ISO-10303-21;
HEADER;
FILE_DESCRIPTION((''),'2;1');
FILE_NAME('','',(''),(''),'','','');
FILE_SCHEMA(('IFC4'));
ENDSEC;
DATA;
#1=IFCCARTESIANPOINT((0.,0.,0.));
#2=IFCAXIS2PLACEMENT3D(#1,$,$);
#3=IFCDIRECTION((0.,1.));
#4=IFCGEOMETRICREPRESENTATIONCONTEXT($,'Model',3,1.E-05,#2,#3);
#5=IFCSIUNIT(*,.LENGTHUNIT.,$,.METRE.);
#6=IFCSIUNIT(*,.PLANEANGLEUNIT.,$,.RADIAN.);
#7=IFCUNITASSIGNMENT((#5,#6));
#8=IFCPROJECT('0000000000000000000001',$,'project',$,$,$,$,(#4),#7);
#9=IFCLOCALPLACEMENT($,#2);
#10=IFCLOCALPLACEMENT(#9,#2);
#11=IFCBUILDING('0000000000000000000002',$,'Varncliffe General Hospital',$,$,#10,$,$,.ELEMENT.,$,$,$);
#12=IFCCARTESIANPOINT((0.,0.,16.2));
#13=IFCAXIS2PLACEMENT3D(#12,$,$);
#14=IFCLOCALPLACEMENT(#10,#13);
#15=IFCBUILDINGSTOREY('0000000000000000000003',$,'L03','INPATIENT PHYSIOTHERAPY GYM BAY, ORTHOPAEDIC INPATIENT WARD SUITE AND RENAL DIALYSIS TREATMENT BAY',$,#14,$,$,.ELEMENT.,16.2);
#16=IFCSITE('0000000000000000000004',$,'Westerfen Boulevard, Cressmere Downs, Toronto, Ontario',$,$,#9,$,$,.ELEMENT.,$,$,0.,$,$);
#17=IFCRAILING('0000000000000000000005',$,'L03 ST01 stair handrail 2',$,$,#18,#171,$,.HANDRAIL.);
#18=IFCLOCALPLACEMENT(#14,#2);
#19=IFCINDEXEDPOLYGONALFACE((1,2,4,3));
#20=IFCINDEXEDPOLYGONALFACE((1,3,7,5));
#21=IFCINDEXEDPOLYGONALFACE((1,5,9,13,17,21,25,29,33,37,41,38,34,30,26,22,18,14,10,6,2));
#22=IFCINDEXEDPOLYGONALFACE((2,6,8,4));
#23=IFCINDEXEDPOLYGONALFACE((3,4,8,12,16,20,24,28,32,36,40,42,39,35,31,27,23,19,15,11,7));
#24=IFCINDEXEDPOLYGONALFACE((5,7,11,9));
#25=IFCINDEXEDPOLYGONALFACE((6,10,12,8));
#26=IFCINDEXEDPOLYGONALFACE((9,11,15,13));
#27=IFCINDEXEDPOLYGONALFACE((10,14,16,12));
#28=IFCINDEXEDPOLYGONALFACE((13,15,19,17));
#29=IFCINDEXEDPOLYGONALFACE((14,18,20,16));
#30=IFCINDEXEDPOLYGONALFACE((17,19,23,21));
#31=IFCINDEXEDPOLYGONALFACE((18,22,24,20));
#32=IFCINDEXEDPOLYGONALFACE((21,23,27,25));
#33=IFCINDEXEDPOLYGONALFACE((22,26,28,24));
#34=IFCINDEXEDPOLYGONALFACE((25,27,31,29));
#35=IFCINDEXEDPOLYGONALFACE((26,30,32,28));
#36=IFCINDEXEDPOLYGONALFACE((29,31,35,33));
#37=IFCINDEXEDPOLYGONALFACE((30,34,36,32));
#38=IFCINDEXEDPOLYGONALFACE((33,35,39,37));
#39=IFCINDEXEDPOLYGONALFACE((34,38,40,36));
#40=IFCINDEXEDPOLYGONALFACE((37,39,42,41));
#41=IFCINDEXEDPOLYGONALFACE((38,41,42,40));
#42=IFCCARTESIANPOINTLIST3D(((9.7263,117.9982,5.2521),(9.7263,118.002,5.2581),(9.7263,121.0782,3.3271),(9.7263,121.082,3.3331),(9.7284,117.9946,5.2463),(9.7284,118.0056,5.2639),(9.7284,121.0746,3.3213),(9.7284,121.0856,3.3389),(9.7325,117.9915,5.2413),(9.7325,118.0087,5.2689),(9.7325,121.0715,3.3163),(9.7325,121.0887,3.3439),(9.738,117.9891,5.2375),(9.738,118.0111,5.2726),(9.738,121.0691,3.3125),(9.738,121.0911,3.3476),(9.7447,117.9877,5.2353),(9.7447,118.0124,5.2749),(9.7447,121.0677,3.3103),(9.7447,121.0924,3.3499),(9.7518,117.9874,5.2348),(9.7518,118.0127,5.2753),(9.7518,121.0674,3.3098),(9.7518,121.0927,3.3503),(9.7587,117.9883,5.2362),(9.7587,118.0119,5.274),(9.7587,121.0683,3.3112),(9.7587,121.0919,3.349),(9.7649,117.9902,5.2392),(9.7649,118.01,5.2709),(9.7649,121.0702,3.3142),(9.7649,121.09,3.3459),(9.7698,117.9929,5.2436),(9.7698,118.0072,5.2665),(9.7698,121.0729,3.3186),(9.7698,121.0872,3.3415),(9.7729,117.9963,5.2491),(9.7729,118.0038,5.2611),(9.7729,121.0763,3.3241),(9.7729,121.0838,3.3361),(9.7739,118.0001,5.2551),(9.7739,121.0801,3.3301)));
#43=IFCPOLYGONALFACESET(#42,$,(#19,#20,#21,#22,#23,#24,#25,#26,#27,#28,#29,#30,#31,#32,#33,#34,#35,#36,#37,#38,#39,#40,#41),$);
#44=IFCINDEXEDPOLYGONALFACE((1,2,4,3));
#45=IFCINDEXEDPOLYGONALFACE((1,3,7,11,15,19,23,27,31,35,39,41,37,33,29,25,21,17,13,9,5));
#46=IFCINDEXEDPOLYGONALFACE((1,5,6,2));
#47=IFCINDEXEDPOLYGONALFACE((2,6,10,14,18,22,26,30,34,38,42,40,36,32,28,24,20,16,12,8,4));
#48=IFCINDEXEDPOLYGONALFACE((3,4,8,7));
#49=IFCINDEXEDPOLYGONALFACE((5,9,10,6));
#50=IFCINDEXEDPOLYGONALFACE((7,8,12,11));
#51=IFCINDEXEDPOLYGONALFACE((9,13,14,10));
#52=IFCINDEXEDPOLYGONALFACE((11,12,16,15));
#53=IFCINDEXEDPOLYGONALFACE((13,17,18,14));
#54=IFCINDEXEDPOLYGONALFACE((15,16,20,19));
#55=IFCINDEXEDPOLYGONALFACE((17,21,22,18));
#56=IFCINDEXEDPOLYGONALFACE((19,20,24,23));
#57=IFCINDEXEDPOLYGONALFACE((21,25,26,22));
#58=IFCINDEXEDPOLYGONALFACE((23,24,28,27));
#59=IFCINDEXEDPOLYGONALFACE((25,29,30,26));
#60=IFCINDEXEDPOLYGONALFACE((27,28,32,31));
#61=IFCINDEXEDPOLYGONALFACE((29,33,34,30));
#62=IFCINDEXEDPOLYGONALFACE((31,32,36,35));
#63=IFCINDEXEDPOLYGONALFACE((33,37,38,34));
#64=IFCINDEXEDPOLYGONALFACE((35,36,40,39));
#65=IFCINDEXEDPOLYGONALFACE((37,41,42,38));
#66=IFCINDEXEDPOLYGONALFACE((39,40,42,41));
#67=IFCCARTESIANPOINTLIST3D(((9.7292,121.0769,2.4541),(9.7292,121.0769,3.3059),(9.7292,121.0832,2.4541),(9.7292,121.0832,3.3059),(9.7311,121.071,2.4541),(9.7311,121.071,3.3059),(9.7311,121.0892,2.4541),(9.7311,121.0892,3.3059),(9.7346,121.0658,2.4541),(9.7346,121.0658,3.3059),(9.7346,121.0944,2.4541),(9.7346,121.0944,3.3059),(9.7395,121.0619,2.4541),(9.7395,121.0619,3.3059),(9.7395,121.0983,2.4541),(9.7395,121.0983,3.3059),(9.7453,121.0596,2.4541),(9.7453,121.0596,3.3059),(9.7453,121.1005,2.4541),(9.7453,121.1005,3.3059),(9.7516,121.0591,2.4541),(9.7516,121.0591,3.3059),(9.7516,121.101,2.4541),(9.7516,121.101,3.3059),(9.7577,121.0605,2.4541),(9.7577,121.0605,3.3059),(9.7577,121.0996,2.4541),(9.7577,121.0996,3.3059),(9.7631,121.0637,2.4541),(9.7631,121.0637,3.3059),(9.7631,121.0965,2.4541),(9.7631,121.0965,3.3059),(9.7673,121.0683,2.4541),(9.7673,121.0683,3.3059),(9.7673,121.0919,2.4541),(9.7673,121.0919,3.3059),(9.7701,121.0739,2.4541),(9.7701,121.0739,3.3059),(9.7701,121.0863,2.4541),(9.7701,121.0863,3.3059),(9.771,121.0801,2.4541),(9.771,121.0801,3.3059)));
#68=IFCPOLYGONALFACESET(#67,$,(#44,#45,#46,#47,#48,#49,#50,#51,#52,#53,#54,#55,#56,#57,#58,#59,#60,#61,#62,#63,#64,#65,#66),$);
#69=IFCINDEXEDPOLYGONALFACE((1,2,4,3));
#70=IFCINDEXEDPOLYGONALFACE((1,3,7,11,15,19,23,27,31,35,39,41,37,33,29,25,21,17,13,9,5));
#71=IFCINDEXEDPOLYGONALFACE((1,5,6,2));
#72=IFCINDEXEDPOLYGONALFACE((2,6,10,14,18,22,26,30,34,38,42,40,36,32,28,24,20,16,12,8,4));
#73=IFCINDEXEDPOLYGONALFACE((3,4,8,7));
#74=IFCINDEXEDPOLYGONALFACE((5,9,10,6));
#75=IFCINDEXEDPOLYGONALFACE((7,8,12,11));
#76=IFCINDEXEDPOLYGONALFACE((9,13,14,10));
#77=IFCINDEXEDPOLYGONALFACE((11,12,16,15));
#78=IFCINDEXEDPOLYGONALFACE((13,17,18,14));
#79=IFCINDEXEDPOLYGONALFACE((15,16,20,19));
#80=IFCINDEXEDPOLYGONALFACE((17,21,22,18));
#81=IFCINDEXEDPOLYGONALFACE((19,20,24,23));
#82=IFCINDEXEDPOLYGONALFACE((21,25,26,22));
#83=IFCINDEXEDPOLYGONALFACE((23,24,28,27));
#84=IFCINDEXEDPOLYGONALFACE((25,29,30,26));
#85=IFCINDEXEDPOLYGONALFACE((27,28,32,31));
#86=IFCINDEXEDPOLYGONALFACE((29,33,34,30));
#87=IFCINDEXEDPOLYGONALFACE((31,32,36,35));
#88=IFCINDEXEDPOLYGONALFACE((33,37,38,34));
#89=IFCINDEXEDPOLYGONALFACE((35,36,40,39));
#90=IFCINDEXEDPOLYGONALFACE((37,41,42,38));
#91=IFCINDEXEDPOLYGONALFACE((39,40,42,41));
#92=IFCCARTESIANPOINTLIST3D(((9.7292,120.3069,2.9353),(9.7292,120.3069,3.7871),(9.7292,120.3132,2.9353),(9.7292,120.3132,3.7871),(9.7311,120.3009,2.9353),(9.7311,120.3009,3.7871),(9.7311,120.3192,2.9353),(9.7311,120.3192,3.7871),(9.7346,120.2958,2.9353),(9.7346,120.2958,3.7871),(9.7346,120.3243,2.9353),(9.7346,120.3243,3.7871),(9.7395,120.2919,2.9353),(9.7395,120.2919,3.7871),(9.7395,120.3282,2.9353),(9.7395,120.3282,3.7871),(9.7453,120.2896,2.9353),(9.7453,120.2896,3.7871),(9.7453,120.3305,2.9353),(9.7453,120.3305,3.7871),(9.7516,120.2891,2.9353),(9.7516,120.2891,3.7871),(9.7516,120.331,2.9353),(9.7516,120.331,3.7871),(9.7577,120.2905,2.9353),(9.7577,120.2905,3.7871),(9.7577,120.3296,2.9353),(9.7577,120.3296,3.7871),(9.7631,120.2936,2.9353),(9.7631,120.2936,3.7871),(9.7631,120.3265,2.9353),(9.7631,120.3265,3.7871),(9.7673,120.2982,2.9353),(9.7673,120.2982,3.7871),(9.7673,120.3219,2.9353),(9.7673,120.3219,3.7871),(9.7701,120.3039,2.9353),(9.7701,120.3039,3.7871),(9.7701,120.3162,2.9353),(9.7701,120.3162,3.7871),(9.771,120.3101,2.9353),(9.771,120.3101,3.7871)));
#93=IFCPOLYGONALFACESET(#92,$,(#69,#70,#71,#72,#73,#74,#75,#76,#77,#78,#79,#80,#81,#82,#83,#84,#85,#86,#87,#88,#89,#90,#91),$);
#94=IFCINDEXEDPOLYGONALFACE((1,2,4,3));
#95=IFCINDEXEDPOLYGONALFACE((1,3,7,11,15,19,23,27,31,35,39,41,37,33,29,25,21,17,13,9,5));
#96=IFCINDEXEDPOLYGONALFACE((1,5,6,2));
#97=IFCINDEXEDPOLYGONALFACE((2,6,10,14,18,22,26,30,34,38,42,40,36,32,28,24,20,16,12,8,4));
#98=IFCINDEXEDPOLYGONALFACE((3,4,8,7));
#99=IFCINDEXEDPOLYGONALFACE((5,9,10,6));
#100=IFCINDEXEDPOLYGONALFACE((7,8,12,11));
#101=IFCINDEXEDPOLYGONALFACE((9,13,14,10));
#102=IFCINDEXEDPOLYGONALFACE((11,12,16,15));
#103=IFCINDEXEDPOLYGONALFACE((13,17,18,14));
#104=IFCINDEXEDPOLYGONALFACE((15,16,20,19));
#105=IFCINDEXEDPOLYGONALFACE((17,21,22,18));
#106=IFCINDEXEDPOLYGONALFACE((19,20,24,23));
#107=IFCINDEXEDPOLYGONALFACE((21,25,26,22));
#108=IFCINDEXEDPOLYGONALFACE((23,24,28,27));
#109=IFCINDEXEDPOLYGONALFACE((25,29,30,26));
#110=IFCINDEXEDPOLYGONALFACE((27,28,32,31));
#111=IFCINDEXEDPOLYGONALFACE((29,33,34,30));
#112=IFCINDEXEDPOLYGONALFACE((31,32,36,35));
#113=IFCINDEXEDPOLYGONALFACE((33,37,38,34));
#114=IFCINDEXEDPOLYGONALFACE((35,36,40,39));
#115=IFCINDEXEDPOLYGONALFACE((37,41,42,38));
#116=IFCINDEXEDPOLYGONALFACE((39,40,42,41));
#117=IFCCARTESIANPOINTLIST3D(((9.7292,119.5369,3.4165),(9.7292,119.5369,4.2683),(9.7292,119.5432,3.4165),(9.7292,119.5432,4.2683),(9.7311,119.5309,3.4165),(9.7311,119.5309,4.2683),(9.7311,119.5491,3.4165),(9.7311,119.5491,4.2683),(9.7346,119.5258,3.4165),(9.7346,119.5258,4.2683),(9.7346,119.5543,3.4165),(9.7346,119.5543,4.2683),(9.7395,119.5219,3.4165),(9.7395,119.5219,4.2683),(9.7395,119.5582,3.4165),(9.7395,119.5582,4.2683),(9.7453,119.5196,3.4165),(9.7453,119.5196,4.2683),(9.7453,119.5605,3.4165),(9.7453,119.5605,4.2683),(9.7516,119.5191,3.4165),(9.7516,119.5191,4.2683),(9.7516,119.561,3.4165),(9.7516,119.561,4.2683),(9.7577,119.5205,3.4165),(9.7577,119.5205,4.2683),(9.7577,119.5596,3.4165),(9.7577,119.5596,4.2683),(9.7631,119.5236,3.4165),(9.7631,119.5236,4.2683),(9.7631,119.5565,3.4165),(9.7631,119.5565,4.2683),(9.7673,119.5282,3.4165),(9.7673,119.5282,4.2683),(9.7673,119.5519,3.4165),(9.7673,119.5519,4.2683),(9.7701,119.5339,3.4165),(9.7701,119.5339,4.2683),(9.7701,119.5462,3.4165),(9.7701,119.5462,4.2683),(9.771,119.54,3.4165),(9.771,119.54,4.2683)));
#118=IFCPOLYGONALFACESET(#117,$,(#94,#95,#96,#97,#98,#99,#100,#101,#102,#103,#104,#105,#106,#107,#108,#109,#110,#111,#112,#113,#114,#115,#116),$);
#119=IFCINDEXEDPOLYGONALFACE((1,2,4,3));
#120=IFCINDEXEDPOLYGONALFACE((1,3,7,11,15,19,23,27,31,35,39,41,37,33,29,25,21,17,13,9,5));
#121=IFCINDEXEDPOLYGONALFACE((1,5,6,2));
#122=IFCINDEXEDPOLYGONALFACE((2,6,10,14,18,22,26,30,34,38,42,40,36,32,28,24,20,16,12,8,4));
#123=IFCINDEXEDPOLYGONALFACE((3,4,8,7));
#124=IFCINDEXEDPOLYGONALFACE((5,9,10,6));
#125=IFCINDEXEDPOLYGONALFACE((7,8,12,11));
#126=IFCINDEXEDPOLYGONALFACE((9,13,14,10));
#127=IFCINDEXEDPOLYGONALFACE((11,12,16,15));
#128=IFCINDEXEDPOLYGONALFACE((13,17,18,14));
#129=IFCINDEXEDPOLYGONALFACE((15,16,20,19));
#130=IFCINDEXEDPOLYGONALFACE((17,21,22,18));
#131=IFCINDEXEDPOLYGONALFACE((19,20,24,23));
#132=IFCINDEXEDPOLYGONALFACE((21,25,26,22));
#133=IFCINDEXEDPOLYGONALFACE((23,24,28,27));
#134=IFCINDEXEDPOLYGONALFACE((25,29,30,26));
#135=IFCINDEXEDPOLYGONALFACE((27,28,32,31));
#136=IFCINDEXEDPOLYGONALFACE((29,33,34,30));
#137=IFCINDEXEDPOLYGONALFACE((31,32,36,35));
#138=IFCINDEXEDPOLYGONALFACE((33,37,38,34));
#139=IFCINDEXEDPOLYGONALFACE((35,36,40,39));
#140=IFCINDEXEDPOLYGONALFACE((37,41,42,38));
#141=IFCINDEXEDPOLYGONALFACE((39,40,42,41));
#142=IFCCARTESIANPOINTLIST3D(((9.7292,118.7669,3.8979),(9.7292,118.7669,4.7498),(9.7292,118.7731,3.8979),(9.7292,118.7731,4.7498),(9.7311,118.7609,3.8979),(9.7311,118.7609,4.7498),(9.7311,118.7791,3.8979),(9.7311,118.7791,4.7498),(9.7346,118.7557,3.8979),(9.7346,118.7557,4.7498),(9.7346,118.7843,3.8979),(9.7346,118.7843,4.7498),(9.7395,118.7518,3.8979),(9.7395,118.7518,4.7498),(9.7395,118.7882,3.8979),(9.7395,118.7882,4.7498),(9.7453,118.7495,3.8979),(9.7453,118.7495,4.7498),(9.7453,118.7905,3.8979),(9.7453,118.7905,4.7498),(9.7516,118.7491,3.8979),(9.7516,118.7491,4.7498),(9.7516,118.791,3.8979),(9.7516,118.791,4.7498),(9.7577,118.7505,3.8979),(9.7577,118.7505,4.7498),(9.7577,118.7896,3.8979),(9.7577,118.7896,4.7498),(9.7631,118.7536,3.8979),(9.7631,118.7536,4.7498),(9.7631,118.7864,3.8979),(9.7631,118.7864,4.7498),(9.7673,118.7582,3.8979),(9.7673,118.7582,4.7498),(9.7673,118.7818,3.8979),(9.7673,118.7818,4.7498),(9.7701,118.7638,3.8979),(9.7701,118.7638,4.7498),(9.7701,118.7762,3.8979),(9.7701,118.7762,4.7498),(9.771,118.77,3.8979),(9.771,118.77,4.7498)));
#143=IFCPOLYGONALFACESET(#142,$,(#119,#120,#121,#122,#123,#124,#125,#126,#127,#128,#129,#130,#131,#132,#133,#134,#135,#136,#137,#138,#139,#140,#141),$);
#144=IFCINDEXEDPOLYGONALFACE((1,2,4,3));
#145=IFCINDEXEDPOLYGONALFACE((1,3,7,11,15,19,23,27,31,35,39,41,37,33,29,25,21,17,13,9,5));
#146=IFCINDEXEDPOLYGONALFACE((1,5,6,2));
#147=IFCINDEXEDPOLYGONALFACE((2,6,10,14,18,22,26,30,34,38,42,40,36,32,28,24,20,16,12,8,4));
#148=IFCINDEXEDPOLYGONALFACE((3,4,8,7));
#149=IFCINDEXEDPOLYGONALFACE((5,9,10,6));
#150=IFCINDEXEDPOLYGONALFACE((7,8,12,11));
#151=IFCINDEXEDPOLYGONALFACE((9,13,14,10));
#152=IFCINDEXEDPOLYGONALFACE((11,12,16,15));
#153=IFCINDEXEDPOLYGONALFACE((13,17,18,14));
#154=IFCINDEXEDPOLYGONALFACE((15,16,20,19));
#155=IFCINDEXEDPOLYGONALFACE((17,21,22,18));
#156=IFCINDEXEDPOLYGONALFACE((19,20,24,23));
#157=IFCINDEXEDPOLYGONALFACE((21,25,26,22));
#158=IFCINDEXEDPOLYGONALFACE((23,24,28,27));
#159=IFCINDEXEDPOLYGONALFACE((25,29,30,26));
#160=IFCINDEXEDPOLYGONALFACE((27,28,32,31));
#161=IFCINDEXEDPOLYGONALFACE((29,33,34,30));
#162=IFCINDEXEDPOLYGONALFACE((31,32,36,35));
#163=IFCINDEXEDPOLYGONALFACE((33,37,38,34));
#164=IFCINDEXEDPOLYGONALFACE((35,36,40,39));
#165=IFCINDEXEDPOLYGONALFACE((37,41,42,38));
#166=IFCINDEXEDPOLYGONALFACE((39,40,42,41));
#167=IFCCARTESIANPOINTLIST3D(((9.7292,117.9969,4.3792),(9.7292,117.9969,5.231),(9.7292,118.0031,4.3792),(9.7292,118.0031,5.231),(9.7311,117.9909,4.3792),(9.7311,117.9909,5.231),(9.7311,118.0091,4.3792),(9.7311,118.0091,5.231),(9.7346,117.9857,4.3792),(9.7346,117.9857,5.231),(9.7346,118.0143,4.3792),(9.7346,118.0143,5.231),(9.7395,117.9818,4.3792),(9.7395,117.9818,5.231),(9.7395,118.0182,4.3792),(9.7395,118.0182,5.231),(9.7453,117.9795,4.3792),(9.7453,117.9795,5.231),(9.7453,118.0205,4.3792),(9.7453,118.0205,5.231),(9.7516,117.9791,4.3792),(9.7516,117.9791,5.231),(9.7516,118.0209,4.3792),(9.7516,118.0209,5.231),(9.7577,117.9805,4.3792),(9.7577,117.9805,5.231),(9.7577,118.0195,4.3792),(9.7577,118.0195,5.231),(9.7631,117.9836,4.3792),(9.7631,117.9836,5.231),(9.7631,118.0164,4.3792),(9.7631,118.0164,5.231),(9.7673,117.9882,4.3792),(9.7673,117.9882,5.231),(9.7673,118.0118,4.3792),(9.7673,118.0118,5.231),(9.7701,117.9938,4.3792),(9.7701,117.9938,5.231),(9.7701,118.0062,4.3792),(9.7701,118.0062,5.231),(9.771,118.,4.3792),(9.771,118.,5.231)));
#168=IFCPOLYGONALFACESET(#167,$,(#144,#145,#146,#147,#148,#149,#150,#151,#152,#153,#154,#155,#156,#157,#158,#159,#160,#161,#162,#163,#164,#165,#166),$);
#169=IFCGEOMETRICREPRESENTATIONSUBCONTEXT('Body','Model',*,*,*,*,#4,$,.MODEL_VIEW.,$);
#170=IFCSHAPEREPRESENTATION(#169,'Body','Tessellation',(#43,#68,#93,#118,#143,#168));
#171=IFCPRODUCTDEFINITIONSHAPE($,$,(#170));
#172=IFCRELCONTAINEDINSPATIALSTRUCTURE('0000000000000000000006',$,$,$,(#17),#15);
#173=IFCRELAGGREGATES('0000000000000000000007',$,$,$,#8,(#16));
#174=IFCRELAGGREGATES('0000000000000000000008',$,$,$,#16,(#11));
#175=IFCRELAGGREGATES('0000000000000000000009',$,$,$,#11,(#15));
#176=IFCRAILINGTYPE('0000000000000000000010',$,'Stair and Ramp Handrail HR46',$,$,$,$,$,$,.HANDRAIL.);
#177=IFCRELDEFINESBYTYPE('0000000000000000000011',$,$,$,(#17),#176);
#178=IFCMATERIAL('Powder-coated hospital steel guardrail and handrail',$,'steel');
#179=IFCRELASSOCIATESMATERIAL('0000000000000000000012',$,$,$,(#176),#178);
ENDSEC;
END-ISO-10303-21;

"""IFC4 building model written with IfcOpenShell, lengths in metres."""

from ifc_helpers import new_model, si_unit, direction, frame, origin, origin_2d, place, context, subcontext, project, spatial, circle, extrude, material, type_object, element, save


model = new_model("IFC4")

# Units and contexts
model_context = context("Model", 3, precision=1e-05, world=origin(), true_north=direction((0.0, 1.0)))
body_context = subcontext(model_context, "Body", "Model", "MODEL_VIEW")
ifc_project = project(units=[si_unit("LENGTHUNIT", "METRE"), si_unit("PLANEANGLEUNIT", "RADIAN")], contexts=[model_context])

# Site, building, storey
site_placement = place(None, origin())
site = spatial("IfcSite", under=ifc_project, at=site_placement, Name="Westerfen Boulevard, Cressmere Downs, Toronto, Ontario", CompositionType="ELEMENT", RefElevation=0.0)
building_placement = place(site_placement, origin())
building = spatial("IfcBuilding", under=site, at=building_placement, Name="Varncliffe General Hospital", CompositionType="ELEMENT")
storey_placement = place(building_placement, frame((0.0, 0.0, 16.2)))
storey = spatial("IfcBuildingStorey", under=building, at=storey_placement, Name="L03", Description="INPATIENT PHYSIOTHERAPY GYM BAY, ORTHOPAEDIC INPATIENT WARD SUITE AND RENAL DIALYSIS TREATMENT BAY", CompositionType="ELEMENT", Elevation=16.2)

# Railing
ifc_material_1 = material(Name="Powder-coated hospital steel guardrail and handrail", Category="steel")
railing_type_1 = type_object("IfcRailingType", Name="Stair and Ramp Handrail HR46", PredefinedType="HANDRAIL", material=ifc_material_1)
railing_1_placement = place(storey_placement, frame((9.75, 121.0801, 2.4541)))
element("IfcRailing", 1, at=railing_1_placement, inside=storey, type_object=railing_type_1, Name="L03 ST01 stair handrail 2", PredefinedType="HANDRAIL", context=body_context, shape_type="SweptSolid", body=[
    extrude(circle(Radius=0.0239, at=origin_2d()), frame((0.0, 0.0, 0.876), z_axis=(0.0, -0.847998, 0.529999), x_axis=(1.0, 0.0, 0.0)), (0.0, 0.0, 1.0), 3.6321),
    extrude(circle(Radius=0.021, at=origin_2d()), origin(), (0.0, 0.0, 1.0), 0.8518),
    extrude(circle(Radius=0.021, at=origin_2d()), frame((0.0, -0.77, 0.4812)), (0.0, 0.0, 1.0), 0.8518),
    extrude(circle(Radius=0.021, at=origin_2d()), frame((0.0, -1.54, 0.9624)), (0.0, 0.0, 1.0), 0.8518),
    extrude(circle(Radius=0.021, at=origin_2d()), frame((0.0, -2.3101, 1.4438)), (0.0, 0.0, 1.0), 0.8518),
    extrude(circle(Radius=0.021, at=origin_2d()), frame((0.0, -3.0801, 1.925)), (0.0, 0.0, 1.0), 0.8518),
])

save(model, "model.ifc")
